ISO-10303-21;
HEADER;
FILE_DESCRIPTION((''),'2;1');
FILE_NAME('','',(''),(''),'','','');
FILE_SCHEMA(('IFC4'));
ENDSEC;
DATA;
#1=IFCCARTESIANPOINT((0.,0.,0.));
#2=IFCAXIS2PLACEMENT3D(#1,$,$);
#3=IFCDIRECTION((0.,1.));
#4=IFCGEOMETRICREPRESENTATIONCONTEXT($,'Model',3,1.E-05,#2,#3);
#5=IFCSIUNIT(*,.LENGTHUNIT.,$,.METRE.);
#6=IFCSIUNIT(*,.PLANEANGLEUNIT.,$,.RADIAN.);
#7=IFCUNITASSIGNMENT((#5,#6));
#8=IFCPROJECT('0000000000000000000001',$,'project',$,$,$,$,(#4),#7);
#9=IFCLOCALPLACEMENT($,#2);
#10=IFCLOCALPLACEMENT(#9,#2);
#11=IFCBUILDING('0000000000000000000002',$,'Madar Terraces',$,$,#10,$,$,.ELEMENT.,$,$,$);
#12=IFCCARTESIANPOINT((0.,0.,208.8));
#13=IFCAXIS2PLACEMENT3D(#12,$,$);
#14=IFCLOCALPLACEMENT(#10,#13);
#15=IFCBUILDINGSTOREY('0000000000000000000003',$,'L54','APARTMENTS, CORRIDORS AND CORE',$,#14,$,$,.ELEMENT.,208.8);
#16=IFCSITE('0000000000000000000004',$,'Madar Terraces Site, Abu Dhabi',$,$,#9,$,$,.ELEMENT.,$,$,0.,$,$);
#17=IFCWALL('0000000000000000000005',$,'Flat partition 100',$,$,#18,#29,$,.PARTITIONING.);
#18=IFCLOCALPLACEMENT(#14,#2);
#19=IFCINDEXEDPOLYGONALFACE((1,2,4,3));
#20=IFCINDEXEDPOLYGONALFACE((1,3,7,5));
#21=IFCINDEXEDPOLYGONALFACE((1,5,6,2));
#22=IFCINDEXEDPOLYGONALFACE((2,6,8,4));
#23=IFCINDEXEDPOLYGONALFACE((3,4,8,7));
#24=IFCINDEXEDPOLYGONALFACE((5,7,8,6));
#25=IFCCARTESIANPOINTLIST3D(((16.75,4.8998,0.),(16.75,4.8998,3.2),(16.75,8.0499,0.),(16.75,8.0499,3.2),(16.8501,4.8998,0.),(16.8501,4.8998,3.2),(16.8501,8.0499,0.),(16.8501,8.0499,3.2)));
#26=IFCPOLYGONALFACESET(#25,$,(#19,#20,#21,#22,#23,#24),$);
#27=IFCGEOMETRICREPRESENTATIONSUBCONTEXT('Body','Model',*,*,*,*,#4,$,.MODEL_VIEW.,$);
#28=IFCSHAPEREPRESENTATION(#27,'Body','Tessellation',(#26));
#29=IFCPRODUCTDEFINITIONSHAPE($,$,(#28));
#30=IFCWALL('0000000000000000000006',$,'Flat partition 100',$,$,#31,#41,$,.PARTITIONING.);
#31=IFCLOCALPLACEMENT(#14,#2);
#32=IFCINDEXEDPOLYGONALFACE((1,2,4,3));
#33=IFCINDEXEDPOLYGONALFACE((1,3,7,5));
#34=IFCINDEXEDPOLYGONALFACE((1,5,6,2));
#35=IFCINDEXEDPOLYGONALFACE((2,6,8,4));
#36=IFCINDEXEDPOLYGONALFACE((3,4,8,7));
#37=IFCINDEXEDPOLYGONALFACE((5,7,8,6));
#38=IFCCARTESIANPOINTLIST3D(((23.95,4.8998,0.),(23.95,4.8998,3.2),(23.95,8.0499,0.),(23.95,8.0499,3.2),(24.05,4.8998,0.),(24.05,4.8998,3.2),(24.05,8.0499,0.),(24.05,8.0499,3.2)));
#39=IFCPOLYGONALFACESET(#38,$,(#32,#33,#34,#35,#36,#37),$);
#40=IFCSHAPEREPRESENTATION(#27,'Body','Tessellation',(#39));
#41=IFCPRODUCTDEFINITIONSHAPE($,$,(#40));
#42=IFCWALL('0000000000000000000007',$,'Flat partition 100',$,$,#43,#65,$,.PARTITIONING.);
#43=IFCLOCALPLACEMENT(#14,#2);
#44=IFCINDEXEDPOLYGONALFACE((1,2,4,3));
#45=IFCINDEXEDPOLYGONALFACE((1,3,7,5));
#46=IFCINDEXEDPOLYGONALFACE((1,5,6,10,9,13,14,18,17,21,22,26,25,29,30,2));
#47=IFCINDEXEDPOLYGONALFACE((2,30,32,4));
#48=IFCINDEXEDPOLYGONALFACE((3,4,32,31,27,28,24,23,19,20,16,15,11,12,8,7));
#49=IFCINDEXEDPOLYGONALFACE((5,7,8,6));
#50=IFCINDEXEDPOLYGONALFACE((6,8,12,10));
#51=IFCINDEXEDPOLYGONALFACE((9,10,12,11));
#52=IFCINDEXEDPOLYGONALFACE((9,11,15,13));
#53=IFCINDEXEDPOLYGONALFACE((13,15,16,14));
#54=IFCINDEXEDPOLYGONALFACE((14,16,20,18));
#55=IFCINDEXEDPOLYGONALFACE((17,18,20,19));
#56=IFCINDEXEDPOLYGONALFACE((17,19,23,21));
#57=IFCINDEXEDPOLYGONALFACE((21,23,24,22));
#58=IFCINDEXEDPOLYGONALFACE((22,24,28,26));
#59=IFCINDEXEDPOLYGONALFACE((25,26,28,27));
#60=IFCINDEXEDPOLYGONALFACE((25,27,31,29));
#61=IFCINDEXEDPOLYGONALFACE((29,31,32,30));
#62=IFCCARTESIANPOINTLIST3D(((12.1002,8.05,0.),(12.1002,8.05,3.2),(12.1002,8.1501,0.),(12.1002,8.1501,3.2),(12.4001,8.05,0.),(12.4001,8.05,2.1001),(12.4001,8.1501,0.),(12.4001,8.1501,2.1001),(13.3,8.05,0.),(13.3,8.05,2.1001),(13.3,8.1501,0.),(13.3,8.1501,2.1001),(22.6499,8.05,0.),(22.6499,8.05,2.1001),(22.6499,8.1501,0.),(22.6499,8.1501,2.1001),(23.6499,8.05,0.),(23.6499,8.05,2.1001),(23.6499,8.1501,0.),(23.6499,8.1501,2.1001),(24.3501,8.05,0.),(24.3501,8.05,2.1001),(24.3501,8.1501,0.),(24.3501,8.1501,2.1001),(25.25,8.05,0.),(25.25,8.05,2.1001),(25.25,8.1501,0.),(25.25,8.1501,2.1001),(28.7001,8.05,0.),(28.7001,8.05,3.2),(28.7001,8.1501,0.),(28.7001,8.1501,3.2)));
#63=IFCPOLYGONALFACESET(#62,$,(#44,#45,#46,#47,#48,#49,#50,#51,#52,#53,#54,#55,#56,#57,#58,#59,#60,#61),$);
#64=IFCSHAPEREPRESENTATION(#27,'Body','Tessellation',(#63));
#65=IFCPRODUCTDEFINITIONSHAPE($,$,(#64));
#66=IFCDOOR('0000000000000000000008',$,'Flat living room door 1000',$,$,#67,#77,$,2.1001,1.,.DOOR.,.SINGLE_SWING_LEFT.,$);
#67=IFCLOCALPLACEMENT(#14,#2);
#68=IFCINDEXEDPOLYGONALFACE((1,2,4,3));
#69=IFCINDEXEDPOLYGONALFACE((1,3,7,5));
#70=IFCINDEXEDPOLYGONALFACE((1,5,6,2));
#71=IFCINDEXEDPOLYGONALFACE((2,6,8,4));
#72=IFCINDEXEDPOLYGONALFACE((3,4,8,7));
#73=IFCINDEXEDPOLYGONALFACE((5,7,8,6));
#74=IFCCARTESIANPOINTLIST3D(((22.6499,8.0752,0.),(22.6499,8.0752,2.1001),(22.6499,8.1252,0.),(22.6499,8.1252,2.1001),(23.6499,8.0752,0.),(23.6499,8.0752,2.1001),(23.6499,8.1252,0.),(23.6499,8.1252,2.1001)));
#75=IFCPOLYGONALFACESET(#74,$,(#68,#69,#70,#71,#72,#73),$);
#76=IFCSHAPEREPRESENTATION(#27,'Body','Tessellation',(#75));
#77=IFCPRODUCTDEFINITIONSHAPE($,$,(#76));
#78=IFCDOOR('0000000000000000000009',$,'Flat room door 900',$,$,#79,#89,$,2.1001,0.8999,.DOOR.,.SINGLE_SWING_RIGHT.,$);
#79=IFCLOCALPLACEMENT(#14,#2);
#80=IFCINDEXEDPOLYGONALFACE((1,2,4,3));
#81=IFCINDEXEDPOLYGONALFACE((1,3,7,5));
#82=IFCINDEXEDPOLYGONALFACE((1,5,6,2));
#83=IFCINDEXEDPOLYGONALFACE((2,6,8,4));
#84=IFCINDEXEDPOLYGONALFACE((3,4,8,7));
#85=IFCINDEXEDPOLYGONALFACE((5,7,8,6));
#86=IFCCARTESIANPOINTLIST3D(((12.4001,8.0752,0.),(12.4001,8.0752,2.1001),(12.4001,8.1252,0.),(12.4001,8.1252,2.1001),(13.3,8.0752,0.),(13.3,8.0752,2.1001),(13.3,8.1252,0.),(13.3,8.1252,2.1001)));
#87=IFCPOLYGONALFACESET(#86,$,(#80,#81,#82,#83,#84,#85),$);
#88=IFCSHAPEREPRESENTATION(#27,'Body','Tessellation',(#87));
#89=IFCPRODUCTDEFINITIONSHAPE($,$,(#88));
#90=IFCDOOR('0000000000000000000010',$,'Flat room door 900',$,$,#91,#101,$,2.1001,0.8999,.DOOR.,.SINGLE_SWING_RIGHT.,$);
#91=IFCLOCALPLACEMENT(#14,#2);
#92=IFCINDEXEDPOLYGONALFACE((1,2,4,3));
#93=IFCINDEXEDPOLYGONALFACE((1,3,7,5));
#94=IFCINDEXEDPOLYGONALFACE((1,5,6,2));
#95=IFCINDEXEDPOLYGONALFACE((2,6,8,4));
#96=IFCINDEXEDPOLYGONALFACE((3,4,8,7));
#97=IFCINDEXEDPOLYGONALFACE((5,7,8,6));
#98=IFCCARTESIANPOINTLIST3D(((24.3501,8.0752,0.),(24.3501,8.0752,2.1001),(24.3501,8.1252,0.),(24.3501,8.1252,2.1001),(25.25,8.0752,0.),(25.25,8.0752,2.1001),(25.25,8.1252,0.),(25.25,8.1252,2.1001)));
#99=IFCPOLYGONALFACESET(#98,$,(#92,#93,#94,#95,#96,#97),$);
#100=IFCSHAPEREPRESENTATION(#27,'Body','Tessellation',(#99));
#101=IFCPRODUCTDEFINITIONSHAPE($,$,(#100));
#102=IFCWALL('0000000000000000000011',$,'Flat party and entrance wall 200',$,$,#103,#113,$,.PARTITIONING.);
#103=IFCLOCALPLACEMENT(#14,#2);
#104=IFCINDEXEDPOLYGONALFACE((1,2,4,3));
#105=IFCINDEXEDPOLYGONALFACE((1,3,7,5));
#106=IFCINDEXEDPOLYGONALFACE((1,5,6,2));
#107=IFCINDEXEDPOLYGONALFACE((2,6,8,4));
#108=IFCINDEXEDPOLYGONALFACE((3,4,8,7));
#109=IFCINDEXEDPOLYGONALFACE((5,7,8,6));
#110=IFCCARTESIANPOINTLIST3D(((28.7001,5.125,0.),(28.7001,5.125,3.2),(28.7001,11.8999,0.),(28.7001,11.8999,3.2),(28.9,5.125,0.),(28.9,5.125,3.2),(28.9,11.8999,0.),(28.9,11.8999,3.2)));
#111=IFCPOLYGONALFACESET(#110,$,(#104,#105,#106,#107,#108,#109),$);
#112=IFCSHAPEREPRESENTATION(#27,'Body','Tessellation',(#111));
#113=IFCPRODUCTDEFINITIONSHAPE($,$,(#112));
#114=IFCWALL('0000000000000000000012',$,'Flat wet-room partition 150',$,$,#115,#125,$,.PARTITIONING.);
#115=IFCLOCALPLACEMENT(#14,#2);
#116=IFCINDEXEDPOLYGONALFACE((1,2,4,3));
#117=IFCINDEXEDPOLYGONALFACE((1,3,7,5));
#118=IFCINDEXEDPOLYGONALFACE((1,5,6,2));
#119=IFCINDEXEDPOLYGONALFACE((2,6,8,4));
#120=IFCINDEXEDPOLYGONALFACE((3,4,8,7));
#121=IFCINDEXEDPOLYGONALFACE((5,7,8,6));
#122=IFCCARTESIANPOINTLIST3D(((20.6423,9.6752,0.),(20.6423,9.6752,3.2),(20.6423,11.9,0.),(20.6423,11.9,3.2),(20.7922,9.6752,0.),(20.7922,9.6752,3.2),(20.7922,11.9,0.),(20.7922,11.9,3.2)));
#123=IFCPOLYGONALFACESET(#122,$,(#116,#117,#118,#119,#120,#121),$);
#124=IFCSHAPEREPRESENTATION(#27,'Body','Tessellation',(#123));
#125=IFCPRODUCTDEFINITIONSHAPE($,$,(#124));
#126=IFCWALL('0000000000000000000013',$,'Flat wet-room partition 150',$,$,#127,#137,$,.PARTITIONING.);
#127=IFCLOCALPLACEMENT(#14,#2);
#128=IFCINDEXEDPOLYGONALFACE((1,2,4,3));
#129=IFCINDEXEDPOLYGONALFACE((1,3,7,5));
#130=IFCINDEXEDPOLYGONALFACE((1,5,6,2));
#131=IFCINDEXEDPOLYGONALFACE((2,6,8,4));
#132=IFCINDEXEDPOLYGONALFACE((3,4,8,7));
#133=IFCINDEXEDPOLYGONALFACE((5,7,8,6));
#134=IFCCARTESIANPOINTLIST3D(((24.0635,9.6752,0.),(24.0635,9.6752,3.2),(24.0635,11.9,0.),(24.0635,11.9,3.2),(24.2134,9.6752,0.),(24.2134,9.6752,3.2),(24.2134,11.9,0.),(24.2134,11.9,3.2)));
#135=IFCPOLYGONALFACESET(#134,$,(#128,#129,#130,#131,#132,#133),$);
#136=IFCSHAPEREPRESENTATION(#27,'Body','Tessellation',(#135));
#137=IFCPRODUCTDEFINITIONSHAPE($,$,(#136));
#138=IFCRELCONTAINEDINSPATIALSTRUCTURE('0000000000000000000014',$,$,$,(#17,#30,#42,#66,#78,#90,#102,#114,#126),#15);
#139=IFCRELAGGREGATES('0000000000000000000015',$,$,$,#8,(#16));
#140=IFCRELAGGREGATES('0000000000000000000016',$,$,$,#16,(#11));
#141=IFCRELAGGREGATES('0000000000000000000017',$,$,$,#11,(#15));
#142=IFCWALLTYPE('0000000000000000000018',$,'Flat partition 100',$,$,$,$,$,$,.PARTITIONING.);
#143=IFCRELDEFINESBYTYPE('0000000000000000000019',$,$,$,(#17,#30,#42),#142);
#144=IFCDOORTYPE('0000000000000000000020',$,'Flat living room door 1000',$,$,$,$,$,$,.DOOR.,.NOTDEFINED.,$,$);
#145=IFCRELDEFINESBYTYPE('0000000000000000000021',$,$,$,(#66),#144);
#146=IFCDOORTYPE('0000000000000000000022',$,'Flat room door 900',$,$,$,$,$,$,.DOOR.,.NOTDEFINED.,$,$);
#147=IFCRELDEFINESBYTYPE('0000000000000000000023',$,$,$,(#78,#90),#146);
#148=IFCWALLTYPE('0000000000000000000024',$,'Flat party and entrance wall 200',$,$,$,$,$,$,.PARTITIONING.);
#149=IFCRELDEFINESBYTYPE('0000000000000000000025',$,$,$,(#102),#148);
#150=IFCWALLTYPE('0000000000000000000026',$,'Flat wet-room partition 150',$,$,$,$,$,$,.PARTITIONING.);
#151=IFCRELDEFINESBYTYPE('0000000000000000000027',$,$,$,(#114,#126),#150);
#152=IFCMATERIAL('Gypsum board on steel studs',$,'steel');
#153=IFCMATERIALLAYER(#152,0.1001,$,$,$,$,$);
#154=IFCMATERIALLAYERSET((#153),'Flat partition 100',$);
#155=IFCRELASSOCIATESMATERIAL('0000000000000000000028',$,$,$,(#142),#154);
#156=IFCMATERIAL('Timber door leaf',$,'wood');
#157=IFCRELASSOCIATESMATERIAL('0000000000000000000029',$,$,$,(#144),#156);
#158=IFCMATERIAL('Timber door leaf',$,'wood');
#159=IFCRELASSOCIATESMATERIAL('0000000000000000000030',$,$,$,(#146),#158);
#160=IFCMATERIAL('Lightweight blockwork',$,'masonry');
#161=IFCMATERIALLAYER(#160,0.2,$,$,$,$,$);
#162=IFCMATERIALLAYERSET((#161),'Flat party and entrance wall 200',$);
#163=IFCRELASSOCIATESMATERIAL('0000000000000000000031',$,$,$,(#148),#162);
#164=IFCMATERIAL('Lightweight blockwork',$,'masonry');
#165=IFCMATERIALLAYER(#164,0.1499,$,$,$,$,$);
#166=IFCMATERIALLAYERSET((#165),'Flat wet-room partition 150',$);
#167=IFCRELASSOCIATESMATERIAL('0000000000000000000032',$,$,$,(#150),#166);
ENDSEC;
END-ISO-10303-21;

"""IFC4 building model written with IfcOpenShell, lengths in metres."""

from ifc_helpers import new_model, si_unit, direction, frame, frame_2d, origin, place, context, subcontext, project, spatial, rectangle, extrude, material, layer, layer_set, type_object, element, fill, save


model = new_model("IFC4")

# Units and contexts
model_context = context("Model", 3, precision=1e-05, world=origin(), true_north=direction((0.0, 1.0)))
body_context = subcontext(model_context, "Body", "Model", "MODEL_VIEW")
ifc_project = project(units=[si_unit("LENGTHUNIT", "METRE"), si_unit("PLANEANGLEUNIT", "RADIAN")], contexts=[model_context])

# Site, building, storey
site_placement = place(None, origin())
site = spatial("IfcSite", under=ifc_project, at=site_placement, Name="Madar Terraces Site, Abu Dhabi", CompositionType="ELEMENT", RefElevation=0.0)
building_placement = place(site_placement, origin())
building = spatial("IfcBuilding", under=site, at=building_placement, Name="Madar Terraces", CompositionType="ELEMENT")
storey_placement = place(building_placement, frame((0.0, 0.0, 208.8)))
storey = spatial("IfcBuildingStorey", under=building, at=storey_placement, Name="L54", Description="APARTMENTS, CORRIDORS AND CORE", CompositionType="ELEMENT", Elevation=208.8)

# Walls
ifc_material_1 = material(Name="Gypsum board on steel studs", Category="steel")
ifc_layer_1 = layer(ifc_material_1, 0.1001)
ifc_layer_set_1 = layer_set([ifc_layer_1], Name="Flat partition 100")
wall_type_1 = type_object("IfcWallType", Name="Flat partition 100", PredefinedType="PARTITIONING", material=ifc_layer_set_1)
for number, where, z_axis, x_axis, name in (
    (1, (16.8, 8.05, 0.0), (0.0, 0.0, 1.0), (0.0, -1.0, 0.0), "Flat partition 100"),
    (2, (24.0, 8.05, 0.0), (0.0, 0.0, 1.0), (0.0, -1.0, 0.0), "Flat partition 100"),
):
    element("IfcWall", number, at=place(storey_placement, frame(where, z_axis=z_axis, x_axis=x_axis)), inside=storey, type_object=wall_type_1, Name=name, PredefinedType="PARTITIONING", context=body_context, shape_type="SweptSolid", body=[
        extrude(rectangle(XDim=3.1501, YDim=0.1001, at=frame_2d((1.5752, 0.0))), origin(), (0.0, 0.0, 1.0), 3.2),
    ])

# Wall, openings, doors
wall_1_placement = place(storey_placement, frame((28.7, 8.1001, 0.0), z_axis=(0.0, 0.0, 1.0), x_axis=(-1.0, 0.0, 0.0)))
wall_1 = element("IfcWall", 3, at=wall_1_placement, inside=storey, type_object=wall_type_1, Name="Flat partition 100", PredefinedType="PARTITIONING", context=body_context, shape_type="SweptSolid", body=[
    extrude(rectangle(XDim=16.5999, YDim=0.1001, at=frame_2d((8.2998, 0.0))), origin(), (0.0, 0.0, 1.0), 3.2),
])
opening_1_placement = place(wall_1_placement, frame((15.3999, 0.0, 0.0)))
opening_1 = element("IfcOpeningElement", 4, at=opening_1_placement, cuts=wall_1, PredefinedType="OPENING", context=body_context, shape_type="SweptSolid", body=[
    extrude(rectangle(XDim=0.8999, YDim=2.1001, at=frame_2d((0.45, 1.05))), frame((0.0, 0.0601, 0.0), z_axis=(0.0, -1.0, 0.0), x_axis=(1.0, 0.0, 0.0)), (0.0, 0.0, 1.0), 0.1201),
])
opening_2_placement = place(wall_1_placement, frame((5.05, 0.0, 0.0)))
opening_2 = element("IfcOpeningElement", 5, at=opening_2_placement, cuts=wall_1, PredefinedType="OPENING", context=body_context, shape_type="SweptSolid", body=[
    extrude(rectangle(XDim=1.0, YDim=2.1001, at=frame_2d((0.5, 1.05))), frame((0.0, 0.0601, 0.0), z_axis=(0.0, -1.0, 0.0), x_axis=(1.0, 0.0, 0.0)), (0.0, 0.0, 1.0), 0.1201),
])
opening_3_placement = place(wall_1_placement, frame((3.45, 0.0, 0.0)))
opening_3 = element("IfcOpeningElement", 6, at=opening_3_placement, cuts=wall_1, PredefinedType="OPENING", context=body_context, shape_type="SweptSolid", body=[
    extrude(rectangle(XDim=0.8999, YDim=2.1001, at=frame_2d((0.45, 1.05))), frame((0.0, 0.0601, 0.0), z_axis=(0.0, -1.0, 0.0), x_axis=(1.0, 0.0, 0.0)), (0.0, 0.0, 1.0), 0.1201),
])
ifc_material_2 = material(Name="Timber door leaf", Category="wood")
door_type_1 = type_object("IfcDoorType", Name="Flat living room door 1000", OperationType="NOTDEFINED", PredefinedType="DOOR", material=ifc_material_2)
door_1_placement = place(opening_2_placement, origin())
door_1 = element("IfcDoor", 7, at=door_1_placement, inside=storey, type_object=door_type_1, Name="Flat living room door 1000", OperationType="SINGLE_SWING_LEFT", OverallHeight=2.1001, OverallWidth=1.0, PredefinedType="DOOR", context=body_context, shape_type="SweptSolid", body=[
    extrude(rectangle(XDim=1.0, YDim=2.1001, at=frame_2d((0.5, 1.05))), frame((0.0, 0.0249, 0.0), z_axis=(0.0, -1.0, 0.0), x_axis=(1.0, 0.0, 0.0)), (0.0, 0.0, 1.0), 0.05),
])
fill(opening_2, door_1)
ifc_material_3 = material(Name="Timber door leaf", Category="wood")
door_type_2 = type_object("IfcDoorType", Name="Flat room door 900", OperationType="NOTDEFINED", PredefinedType="DOOR", material=ifc_material_3)
door_2_placement = place(opening_1_placement, origin())
door_2 = element("IfcDoor", 8, at=door_2_placement, inside=storey, type_object=door_type_2, Name="Flat room door 900", OperationType="SINGLE_SWING_RIGHT", OverallHeight=2.1001, OverallWidth=0.8999, PredefinedType="DOOR", context=body_context, shape_type="SweptSolid", body=[
    extrude(rectangle(XDim=0.8999, YDim=2.1001, at=frame_2d((0.45, 1.05))), frame((0.0, 0.0249, 0.0), z_axis=(0.0, -1.0, 0.0), x_axis=(1.0, 0.0, 0.0)), (0.0, 0.0, 1.0), 0.05),
])
fill(opening_1, door_2)
door_3_placement = place(opening_3_placement, origin())
door_3 = element("IfcDoor", 9, at=door_3_placement, inside=storey, type_object=door_type_2, Name="Flat room door 900", OperationType="SINGLE_SWING_RIGHT", OverallHeight=2.1001, OverallWidth=0.8999, PredefinedType="DOOR", context=body_context, shape_type="SweptSolid", body=[
    extrude(rectangle(XDim=0.8999, YDim=2.1001, at=frame_2d((0.45, 1.05))), frame((0.0, 0.0249, 0.0), z_axis=(0.0, -1.0, 0.0), x_axis=(1.0, 0.0, 0.0)), (0.0, 0.0, 1.0), 0.05),
])
fill(opening_3, door_3)

# Walls
ifc_material_4 = material(Name="Lightweight blockwork", Category="masonry")
ifc_layer_2 = layer(ifc_material_4, 0.2)
ifc_layer_set_2 = layer_set([ifc_layer_2], Name="Flat party and entrance wall 200")
wall_type_2 = type_object("IfcWallType", Name="Flat party and entrance wall 200", PredefinedType="PARTITIONING", material=ifc_layer_set_2)
wall_2_placement = place(storey_placement, frame((28.8, 11.8999, 0.0), z_axis=(0.0, 0.0, 1.0), x_axis=(0.0, -1.0, 0.0)))
element("IfcWall", 10, at=wall_2_placement, inside=storey, type_object=wall_type_2, Name="Flat party and entrance wall 200", PredefinedType="PARTITIONING", context=body_context, shape_type="SweptSolid", body=[
    extrude(rectangle(XDim=6.7749, YDim=0.2, at=frame_2d((3.3875, 0.0))), origin(), (0.0, 0.0, 1.0), 3.2),
])
ifc_material_5 = material(Name="Lightweight blockwork", Category="masonry")
ifc_layer_3 = layer(ifc_material_5, 0.1499)
ifc_layer_set_3 = layer_set([ifc_layer_3], Name="Flat wet-room partition 150")
wall_type_3 = type_object("IfcWallType", Name="Flat wet-room partition 150", PredefinedType="PARTITIONING", material=ifc_layer_set_3)
for number, where, z_axis, x_axis, name in (
    (11, (20.7173, 11.8999, 0.0), (0.0, 0.0, 1.0), (0.0, -1.0, 0.0), "Flat wet-room partition 150"),
    (12, (24.1384, 11.8999, 0.0), (0.0, 0.0, 1.0), (0.0, -1.0, 0.0), "Flat wet-room partition 150"),
):
    element("IfcWall", number, at=place(storey_placement, frame(where, z_axis=z_axis, x_axis=x_axis)), inside=storey, type_object=wall_type_3, Name=name, PredefinedType="PARTITIONING", context=body_context, shape_type="SweptSolid", body=[
        extrude(rectangle(XDim=2.2249, YDim=0.1499, at=frame_2d((1.1123, 0.0))), origin(), (0.0, 0.0, 1.0), 3.2),
    ])

save(model, "model.ifc")
